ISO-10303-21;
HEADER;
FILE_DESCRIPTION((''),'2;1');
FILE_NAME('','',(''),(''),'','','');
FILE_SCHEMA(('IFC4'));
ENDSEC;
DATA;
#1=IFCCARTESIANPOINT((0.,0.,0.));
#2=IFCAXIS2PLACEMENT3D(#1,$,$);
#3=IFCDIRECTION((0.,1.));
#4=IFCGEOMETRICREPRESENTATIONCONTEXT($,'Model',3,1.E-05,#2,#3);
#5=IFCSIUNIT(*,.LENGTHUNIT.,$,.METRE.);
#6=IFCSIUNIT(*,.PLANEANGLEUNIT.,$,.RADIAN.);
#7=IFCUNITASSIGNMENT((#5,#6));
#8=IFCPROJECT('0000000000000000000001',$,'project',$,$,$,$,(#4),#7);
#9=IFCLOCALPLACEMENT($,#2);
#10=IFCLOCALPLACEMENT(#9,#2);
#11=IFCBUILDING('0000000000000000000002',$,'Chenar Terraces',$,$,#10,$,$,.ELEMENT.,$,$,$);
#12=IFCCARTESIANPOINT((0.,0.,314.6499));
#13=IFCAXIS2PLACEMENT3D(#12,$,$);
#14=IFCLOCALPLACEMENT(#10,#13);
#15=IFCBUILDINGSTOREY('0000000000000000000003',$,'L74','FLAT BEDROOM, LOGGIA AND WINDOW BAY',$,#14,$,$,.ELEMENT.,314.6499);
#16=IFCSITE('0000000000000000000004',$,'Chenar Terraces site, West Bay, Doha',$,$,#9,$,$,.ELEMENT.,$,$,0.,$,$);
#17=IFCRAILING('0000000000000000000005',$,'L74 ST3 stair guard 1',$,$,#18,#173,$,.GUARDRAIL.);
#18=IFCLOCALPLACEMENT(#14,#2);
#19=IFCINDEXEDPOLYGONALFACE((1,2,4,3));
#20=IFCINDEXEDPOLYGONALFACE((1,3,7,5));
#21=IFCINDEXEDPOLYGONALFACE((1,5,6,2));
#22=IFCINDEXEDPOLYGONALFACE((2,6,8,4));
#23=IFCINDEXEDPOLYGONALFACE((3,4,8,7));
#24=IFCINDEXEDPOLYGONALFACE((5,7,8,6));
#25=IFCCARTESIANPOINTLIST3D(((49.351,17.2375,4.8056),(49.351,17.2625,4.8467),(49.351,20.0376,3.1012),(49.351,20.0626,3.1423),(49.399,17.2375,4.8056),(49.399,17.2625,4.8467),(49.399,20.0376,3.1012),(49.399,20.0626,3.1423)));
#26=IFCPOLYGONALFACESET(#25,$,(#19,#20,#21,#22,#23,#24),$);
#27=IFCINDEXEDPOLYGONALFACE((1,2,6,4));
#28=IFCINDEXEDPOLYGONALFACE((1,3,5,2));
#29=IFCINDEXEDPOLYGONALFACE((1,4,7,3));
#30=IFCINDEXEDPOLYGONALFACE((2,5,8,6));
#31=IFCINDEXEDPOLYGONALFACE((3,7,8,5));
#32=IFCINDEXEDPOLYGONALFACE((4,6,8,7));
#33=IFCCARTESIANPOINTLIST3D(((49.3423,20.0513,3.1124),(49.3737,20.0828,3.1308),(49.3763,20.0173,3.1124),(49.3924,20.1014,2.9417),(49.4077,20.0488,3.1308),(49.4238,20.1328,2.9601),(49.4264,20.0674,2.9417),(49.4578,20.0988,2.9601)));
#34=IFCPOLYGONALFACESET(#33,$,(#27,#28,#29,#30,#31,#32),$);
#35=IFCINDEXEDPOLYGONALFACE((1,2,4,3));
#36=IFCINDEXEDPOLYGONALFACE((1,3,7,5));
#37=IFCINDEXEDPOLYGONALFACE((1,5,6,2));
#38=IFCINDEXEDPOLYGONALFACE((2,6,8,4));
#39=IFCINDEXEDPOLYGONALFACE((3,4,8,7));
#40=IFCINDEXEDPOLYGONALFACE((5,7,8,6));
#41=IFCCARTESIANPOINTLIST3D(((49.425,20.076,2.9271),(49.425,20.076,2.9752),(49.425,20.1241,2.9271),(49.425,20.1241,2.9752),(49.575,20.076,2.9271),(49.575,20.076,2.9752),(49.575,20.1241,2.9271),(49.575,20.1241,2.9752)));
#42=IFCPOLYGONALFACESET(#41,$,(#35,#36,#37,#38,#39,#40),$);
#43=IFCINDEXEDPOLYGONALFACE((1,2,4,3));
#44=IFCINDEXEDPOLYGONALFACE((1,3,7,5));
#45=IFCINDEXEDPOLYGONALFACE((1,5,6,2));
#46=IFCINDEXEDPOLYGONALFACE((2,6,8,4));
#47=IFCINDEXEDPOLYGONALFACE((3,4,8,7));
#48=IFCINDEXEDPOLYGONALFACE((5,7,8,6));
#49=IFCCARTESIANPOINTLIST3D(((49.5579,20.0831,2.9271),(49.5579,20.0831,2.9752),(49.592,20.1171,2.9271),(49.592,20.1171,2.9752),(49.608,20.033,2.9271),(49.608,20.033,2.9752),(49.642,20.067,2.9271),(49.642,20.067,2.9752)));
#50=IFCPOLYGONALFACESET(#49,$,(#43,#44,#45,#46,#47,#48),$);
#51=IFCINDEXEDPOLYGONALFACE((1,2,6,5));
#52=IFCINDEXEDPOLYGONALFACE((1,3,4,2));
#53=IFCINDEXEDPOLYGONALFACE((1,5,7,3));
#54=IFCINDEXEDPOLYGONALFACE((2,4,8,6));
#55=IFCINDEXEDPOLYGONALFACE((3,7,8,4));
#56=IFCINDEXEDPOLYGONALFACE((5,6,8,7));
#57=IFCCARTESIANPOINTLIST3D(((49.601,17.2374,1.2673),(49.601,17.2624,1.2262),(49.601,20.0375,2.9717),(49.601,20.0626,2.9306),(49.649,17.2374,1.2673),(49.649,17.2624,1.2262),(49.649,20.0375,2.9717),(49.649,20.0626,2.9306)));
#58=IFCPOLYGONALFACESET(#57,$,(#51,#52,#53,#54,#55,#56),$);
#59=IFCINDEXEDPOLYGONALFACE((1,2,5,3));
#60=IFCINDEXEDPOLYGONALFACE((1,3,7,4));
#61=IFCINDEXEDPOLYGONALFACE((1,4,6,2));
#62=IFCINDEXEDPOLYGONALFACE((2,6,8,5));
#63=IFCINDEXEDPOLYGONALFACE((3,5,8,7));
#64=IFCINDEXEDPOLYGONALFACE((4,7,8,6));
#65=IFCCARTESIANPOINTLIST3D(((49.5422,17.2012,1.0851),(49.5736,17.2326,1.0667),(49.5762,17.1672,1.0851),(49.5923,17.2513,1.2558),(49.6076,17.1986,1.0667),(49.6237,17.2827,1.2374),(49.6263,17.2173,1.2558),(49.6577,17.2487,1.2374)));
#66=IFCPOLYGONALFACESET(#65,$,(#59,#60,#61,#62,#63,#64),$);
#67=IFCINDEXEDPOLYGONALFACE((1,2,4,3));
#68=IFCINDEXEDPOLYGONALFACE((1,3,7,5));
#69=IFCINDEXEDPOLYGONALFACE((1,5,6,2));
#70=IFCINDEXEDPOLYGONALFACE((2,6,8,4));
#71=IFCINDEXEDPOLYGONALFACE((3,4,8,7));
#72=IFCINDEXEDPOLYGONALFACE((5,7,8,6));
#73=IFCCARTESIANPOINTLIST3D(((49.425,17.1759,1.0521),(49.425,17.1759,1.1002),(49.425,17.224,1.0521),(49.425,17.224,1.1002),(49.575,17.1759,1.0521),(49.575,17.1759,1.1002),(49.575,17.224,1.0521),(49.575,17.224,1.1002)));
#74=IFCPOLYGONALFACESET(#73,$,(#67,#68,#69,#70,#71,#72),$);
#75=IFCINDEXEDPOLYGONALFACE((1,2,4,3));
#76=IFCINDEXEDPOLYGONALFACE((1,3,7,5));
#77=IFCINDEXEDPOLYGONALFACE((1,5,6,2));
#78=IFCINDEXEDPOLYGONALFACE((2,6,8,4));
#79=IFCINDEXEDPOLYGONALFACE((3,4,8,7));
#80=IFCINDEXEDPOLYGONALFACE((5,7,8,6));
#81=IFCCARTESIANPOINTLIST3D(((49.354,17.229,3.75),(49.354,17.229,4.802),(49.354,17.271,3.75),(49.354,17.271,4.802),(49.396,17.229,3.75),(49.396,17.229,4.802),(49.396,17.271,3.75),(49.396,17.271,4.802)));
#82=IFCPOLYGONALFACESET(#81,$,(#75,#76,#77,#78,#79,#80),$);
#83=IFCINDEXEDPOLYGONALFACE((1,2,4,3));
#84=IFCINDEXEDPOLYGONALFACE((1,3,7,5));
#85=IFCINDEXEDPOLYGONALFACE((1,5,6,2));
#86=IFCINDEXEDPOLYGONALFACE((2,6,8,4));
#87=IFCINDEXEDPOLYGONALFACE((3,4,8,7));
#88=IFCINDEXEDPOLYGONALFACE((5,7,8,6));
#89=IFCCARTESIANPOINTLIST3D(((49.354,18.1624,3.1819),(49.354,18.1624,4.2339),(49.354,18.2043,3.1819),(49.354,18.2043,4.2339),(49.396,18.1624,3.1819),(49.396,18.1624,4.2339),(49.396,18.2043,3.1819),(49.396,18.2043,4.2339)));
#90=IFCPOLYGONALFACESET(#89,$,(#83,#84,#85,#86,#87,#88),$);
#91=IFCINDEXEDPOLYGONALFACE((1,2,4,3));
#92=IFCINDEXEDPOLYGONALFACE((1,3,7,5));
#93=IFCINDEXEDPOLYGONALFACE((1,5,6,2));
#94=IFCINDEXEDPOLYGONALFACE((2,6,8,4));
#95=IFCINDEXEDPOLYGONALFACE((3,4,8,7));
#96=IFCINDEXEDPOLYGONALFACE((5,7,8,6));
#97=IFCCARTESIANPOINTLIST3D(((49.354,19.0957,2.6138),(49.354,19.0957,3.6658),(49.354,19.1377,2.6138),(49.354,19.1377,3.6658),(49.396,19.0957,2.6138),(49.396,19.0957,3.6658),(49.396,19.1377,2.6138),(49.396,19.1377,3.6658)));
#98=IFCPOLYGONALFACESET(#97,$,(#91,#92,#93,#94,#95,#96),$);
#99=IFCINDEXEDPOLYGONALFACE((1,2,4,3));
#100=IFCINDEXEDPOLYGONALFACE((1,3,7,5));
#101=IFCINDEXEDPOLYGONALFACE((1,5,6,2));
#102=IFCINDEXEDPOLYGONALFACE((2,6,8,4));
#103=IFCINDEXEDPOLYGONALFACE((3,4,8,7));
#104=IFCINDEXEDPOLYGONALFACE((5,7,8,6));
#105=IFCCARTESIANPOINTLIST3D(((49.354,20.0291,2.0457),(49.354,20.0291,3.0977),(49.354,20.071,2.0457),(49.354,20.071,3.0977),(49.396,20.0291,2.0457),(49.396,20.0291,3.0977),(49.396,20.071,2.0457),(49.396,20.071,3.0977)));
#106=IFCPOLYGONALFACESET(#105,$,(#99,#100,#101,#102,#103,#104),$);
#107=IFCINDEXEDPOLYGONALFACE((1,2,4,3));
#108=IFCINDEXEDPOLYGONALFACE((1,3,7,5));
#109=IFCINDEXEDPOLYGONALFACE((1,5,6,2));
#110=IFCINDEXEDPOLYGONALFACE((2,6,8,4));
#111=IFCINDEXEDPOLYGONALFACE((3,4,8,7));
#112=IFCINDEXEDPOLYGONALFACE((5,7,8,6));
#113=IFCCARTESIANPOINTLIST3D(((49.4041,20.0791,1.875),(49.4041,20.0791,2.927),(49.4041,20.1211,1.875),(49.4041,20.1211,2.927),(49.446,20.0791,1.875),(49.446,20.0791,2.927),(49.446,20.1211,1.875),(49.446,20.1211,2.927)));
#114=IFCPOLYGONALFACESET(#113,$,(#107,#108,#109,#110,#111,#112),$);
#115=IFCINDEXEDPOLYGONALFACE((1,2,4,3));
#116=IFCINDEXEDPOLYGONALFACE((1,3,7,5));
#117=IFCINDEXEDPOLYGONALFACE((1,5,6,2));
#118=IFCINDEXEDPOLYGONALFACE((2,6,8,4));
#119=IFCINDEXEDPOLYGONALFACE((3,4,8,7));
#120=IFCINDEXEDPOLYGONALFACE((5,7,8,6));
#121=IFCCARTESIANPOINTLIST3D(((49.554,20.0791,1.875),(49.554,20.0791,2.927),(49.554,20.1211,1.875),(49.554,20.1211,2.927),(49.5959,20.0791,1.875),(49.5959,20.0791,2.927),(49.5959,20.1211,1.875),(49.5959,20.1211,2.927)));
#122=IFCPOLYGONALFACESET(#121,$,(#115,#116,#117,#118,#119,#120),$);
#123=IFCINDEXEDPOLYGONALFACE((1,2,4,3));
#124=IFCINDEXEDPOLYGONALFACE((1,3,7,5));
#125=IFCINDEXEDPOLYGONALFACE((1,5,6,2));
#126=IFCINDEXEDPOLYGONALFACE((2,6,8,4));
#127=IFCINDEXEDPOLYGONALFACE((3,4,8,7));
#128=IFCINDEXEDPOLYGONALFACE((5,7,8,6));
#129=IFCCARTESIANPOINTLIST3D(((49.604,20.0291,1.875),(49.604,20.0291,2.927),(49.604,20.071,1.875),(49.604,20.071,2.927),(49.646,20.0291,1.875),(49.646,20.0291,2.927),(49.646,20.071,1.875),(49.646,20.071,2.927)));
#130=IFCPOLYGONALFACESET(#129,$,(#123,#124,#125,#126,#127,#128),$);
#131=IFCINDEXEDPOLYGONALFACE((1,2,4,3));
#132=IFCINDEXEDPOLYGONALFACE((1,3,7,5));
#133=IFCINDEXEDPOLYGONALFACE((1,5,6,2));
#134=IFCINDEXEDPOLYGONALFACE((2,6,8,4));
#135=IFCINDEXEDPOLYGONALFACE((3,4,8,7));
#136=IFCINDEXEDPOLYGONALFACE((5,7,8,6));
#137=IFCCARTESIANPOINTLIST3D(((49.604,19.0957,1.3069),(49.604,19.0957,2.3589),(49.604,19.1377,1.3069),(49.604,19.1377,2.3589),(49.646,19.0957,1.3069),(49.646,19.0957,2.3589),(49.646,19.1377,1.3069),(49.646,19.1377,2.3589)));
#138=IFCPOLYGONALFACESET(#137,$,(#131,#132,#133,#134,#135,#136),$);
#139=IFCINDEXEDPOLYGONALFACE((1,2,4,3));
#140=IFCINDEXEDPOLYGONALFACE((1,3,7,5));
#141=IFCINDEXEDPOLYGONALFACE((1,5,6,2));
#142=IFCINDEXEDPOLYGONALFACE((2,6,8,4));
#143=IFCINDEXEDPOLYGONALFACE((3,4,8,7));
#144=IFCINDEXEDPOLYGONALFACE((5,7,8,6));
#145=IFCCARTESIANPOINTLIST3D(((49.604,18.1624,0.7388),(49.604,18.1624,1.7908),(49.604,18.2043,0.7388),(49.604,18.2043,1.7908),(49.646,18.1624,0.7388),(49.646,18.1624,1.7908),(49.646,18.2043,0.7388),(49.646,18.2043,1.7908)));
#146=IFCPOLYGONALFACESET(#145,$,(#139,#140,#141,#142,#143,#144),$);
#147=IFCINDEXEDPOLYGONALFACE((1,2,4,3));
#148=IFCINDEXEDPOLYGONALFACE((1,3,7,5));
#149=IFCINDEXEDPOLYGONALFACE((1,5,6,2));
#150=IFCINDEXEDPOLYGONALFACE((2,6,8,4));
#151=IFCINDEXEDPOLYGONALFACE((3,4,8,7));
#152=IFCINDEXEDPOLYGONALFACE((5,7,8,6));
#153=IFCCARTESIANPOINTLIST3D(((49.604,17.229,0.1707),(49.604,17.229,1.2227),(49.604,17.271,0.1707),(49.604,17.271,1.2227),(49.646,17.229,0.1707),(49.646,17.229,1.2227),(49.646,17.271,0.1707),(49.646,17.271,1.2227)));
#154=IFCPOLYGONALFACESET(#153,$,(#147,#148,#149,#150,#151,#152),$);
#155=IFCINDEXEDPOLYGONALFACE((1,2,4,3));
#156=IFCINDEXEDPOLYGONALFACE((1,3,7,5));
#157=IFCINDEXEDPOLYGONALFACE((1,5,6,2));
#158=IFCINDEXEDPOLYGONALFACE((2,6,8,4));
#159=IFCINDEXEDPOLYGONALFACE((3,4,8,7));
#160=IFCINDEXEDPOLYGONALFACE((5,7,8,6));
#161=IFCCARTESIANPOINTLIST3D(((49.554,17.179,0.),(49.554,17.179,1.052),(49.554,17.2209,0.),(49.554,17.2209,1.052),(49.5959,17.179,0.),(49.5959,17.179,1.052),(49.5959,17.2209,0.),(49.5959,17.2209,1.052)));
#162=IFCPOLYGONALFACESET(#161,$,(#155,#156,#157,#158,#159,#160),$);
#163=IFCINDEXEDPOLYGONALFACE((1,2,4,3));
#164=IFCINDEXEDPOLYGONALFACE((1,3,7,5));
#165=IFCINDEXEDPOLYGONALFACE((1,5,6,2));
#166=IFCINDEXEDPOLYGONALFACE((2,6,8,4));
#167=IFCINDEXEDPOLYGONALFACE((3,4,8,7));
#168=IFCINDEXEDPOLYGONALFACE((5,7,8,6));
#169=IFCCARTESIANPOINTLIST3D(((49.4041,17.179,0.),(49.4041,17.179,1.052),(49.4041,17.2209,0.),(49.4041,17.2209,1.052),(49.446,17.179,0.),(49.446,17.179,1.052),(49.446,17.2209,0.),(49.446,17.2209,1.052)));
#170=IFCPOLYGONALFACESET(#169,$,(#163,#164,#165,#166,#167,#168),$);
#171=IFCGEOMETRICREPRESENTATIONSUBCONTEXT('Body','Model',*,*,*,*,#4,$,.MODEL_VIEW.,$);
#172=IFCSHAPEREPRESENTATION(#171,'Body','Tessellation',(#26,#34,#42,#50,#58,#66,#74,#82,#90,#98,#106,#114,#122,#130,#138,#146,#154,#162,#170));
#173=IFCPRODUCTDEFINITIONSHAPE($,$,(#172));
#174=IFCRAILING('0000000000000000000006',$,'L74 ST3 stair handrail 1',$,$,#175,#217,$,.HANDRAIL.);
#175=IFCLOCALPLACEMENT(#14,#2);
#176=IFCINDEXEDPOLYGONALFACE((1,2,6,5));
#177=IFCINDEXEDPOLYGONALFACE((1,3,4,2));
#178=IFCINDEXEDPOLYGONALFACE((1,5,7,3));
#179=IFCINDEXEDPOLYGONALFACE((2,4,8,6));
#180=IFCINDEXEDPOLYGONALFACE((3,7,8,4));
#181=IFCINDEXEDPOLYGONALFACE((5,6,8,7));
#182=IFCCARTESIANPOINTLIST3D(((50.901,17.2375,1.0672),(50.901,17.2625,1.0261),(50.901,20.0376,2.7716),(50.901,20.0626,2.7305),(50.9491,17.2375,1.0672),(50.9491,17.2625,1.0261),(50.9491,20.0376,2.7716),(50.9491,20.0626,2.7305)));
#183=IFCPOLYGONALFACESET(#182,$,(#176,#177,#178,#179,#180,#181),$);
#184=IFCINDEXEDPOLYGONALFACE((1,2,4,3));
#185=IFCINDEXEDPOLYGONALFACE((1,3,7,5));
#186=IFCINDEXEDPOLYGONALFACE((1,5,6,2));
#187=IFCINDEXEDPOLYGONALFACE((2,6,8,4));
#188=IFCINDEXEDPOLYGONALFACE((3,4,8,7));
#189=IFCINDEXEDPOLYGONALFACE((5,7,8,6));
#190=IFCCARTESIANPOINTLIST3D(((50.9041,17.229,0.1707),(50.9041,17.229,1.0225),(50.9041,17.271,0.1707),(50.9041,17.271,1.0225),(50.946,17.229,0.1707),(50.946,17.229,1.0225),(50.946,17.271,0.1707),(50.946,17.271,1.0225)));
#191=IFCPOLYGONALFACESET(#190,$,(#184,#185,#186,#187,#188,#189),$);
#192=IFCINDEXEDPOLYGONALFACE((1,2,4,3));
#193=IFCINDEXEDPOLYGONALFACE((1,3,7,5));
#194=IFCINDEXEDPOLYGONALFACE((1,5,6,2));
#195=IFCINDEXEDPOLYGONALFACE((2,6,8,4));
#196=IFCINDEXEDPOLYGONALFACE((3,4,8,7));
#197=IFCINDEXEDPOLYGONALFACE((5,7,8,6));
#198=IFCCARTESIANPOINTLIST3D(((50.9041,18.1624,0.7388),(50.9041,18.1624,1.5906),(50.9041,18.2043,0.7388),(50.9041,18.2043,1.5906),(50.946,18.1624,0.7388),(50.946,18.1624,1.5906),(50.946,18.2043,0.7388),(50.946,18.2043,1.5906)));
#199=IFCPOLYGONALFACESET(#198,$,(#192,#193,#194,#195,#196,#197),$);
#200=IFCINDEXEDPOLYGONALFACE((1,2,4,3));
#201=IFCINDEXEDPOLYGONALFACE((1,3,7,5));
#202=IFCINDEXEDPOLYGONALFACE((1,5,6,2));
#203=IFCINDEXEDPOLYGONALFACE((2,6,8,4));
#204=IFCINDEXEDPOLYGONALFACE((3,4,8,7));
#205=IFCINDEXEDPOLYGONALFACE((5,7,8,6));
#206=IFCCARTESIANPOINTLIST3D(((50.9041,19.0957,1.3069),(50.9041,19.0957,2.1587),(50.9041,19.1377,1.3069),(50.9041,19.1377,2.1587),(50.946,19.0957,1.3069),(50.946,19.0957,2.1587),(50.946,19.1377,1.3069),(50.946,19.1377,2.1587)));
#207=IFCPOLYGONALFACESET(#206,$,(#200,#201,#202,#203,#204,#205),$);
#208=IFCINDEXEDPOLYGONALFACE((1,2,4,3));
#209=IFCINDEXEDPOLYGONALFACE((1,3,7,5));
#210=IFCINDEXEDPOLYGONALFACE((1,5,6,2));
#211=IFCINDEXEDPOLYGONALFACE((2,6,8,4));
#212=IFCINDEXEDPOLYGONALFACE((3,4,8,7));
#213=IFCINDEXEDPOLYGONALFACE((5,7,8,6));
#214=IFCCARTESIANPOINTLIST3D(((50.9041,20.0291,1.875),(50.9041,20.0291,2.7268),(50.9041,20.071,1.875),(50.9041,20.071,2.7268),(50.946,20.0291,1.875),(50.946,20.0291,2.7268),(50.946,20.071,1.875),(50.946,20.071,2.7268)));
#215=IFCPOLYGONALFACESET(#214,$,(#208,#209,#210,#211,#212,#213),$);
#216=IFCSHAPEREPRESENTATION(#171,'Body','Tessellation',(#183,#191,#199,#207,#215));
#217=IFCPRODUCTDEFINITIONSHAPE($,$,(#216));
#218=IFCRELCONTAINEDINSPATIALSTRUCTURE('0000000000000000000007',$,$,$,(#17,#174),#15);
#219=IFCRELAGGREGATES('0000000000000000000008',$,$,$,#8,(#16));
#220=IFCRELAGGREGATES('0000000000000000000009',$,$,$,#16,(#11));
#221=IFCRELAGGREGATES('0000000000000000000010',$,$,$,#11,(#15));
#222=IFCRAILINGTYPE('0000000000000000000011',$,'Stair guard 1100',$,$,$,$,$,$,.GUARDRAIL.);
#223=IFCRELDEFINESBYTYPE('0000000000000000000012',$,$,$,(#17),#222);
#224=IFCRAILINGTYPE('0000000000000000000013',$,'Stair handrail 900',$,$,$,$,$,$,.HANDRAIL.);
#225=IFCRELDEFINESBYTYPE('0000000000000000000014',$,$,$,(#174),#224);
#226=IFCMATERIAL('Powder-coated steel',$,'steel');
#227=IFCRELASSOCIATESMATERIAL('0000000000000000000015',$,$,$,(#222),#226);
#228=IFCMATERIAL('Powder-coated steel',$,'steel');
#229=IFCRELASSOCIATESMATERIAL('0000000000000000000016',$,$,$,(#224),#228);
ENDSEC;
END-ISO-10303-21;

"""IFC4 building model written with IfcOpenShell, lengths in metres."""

from ifc_helpers import new_model, si_unit, direction, frame, origin, origin_2d, place, context, subcontext, project, spatial, rectangle, extrude, material, type_object, element, save


model = new_model("IFC4")

# Units and contexts
model_context = context("Model", 3, precision=1e-05, world=origin(), true_north=direction((0.0, 1.0)))
body_context = subcontext(model_context, "Body", "Model", "MODEL_VIEW")
ifc_project = project(units=[si_unit("LENGTHUNIT", "METRE"), si_unit("PLANEANGLEUNIT", "RADIAN")], contexts=[model_context])

# Site, building, storey
site_placement = place(None, origin())
site = spatial("IfcSite", under=ifc_project, at=site_placement, Name="Chenar Terraces site, West Bay, Doha", CompositionType="ELEMENT", RefElevation=0.0)
building_placement = place(site_placement, origin())
building = spatial("IfcBuilding", under=site, at=building_placement, Name="Chenar Terraces", CompositionType="ELEMENT")
storey_placement = place(building_placement, frame((0.0, 0.0, 314.6499)))
storey = spatial("IfcBuildingStorey", under=building, at=storey_placement, Name="L74", Description="FLAT BEDROOM, LOGGIA AND WINDOW BAY", CompositionType="ELEMENT", Elevation=314.6499)

# Railings
ifc_material_1 = material(Name="Powder-coated steel", Category="steel")
railing_type_1 = type_object("IfcRailingType", Name="Stair guard 1100", PredefinedType="GUARDRAIL", material=ifc_material_1)
railing_1_placement = place(storey_placement, frame((49.375, 17.25, 3.75)))
element("IfcRailing", 1, at=railing_1_placement, inside=storey, type_object=railing_type_1, Name="L74 ST3 stair guard 1", PredefinedType="GUARDRAIL", context=body_context, shape_type="SweptSolid", body=[
    extrude(rectangle(XDim=0.0481, YDim=0.0481, at=origin_2d()), frame((0.0, 0.0, 1.0762), z_axis=(0.0, 0.854203, -0.51994), x_axis=(-1.0, 0.0, 0.0)), (0.0, 0.0, 1.0), 3.2781),
    extrude(rectangle(XDim=0.0481, YDim=0.0481, at=origin_2d()), frame((0.0, 2.8, -0.6284), z_axis=(0.2709, 0.2709, -0.923703), x_axis=(-0.707107, 0.707107, 0.0)), (0.0, 0.0, 1.0), 0.1848),
    extrude(rectangle(XDim=0.0481, YDim=0.0481, at=origin_2d()), frame((0.05, 2.8501, -0.7988), z_axis=(1.0, 0.0, 0.0), x_axis=(0.0, 1.0, 0.0)), (0.0, 0.0, 1.0), 0.1499),
    extrude(rectangle(XDim=0.0481, YDim=0.0481, at=origin_2d()), frame((0.2, 2.8501, -0.7988), z_axis=(0.707107, -0.707107, 0.0), x_axis=(0.707107, 0.707107, 0.0)), (0.0, 0.0, 1.0), 0.0708),
    extrude(rectangle(XDim=0.0481, YDim=0.0481, at=origin_2d()), frame((0.25, 2.8, -0.7988), z_axis=(0.0, -0.854203, -0.51994), x_axis=(1.0, 0.0, 0.0)), (0.0, 0.0, 1.0), 3.2781),
    extrude(rectangle(XDim=0.0481, YDim=0.0481, at=origin_2d()), frame((0.25, 0.0, -2.5034), z_axis=(-0.2709, -0.2709, -0.923703), x_axis=(0.707107, -0.707107, 0.0)), (0.0, 0.0, 1.0), 0.1848),
    extrude(rectangle(XDim=0.0481, YDim=0.0481, at=origin_2d()), frame((0.2, -0.05, -2.6738), z_axis=(-1.0, 0.0, 0.0), x_axis=(0.0, -1.0, 0.0)), (0.0, 0.0, 1.0), 0.1499),
    extrude(rectangle(XDim=0.042, YDim=0.042, at=origin_2d()), origin(), (0.0, 0.0, 1.0), 1.052),
    extrude(rectangle(XDim=0.042, YDim=0.042, at=origin_2d()), frame((0.0, 0.9333, -0.5681)), (0.0, 0.0, 1.0), 1.052),
    extrude(rectangle(XDim=0.042, YDim=0.042, at=origin_2d()), frame((0.0, 1.8667, -1.1362)), (0.0, 0.0, 1.0), 1.052),
    extrude(rectangle(XDim=0.042, YDim=0.042, at=origin_2d()), frame((0.0, 2.8, -1.7043)), (0.0, 0.0, 1.0), 1.052),
    extrude(rectangle(XDim=0.042, YDim=0.042, at=origin_2d()), frame((0.05, 2.8501, -1.875)), (0.0, 0.0, 1.0), 1.052),
    extrude(rectangle(XDim=0.042, YDim=0.042, at=origin_2d()), frame((0.2, 2.8501, -1.875)), (0.0, 0.0, 1.0), 1.052),
    extrude(rectangle(XDim=0.042, YDim=0.042, at=origin_2d()), frame((0.25, 2.8, -1.875)), (0.0, 0.0, 1.0), 1.052),
    extrude(rectangle(XDim=0.042, YDim=0.042, at=origin_2d()), frame((0.25, 1.8667, -2.4431)), (0.0, 0.0, 1.0), 1.052),
    extrude(rectangle(XDim=0.042, YDim=0.042, at=origin_2d()), frame((0.25, 0.9333, -3.0112)), (0.0, 0.0, 1.0), 1.052),
    extrude(rectangle(XDim=0.042, YDim=0.042, at=origin_2d()), frame((0.25, 0.0, -3.5793)), (0.0, 0.0, 1.0), 1.052),
    extrude(rectangle(XDim=0.042, YDim=0.042, at=origin_2d()), frame((0.2, -0.05, -3.75)), (0.0, 0.0, 1.0), 1.052),
    extrude(rectangle(XDim=0.042, YDim=0.042, at=origin_2d()), frame((0.05, -0.05, -3.75)), (0.0, 0.0, 1.0), 1.052),
])
ifc_material_2 = material(Name="Powder-coated steel", Category="steel")
railing_type_2 = type_object("IfcRailingType", Name="Stair handrail 900", PredefinedType="HANDRAIL", material=ifc_material_2)
railing_2_placement = place(storey_placement, frame((50.925, 17.25, 0.1707)))
element("IfcRailing", 2, at=railing_2_placement, inside=storey, type_object=railing_type_2, Name="L74 ST3 stair handrail 1", PredefinedType="HANDRAIL", context=body_context, shape_type="SweptSolid", body=[
    extrude(rectangle(XDim=0.0481, YDim=0.0481, at=origin_2d()), frame((0.0, 0.0, 0.876), z_axis=(0.0, 0.854203, 0.51994), x_axis=(-1.0, 0.0, 0.0)), (0.0, 0.0, 1.0), 3.2781),
    extrude(rectangle(XDim=0.042, YDim=0.042, at=origin_2d()), origin(), (0.0, 0.0, 1.0), 0.8518),
    extrude(rectangle(XDim=0.042, YDim=0.042, at=origin_2d()), frame((0.0, 0.9333, 0.5681)), (0.0, 0.0, 1.0), 0.8518),
    extrude(rectangle(XDim=0.042, YDim=0.042, at=origin_2d()), frame((0.0, 1.8667, 1.1362)), (0.0, 0.0, 1.0), 0.8518),
    extrude(rectangle(XDim=0.042, YDim=0.042, at=origin_2d()), frame((0.0, 2.8, 1.7043)), (0.0, 0.0, 1.0), 0.8518),
])

save(model, "model.ifc")
